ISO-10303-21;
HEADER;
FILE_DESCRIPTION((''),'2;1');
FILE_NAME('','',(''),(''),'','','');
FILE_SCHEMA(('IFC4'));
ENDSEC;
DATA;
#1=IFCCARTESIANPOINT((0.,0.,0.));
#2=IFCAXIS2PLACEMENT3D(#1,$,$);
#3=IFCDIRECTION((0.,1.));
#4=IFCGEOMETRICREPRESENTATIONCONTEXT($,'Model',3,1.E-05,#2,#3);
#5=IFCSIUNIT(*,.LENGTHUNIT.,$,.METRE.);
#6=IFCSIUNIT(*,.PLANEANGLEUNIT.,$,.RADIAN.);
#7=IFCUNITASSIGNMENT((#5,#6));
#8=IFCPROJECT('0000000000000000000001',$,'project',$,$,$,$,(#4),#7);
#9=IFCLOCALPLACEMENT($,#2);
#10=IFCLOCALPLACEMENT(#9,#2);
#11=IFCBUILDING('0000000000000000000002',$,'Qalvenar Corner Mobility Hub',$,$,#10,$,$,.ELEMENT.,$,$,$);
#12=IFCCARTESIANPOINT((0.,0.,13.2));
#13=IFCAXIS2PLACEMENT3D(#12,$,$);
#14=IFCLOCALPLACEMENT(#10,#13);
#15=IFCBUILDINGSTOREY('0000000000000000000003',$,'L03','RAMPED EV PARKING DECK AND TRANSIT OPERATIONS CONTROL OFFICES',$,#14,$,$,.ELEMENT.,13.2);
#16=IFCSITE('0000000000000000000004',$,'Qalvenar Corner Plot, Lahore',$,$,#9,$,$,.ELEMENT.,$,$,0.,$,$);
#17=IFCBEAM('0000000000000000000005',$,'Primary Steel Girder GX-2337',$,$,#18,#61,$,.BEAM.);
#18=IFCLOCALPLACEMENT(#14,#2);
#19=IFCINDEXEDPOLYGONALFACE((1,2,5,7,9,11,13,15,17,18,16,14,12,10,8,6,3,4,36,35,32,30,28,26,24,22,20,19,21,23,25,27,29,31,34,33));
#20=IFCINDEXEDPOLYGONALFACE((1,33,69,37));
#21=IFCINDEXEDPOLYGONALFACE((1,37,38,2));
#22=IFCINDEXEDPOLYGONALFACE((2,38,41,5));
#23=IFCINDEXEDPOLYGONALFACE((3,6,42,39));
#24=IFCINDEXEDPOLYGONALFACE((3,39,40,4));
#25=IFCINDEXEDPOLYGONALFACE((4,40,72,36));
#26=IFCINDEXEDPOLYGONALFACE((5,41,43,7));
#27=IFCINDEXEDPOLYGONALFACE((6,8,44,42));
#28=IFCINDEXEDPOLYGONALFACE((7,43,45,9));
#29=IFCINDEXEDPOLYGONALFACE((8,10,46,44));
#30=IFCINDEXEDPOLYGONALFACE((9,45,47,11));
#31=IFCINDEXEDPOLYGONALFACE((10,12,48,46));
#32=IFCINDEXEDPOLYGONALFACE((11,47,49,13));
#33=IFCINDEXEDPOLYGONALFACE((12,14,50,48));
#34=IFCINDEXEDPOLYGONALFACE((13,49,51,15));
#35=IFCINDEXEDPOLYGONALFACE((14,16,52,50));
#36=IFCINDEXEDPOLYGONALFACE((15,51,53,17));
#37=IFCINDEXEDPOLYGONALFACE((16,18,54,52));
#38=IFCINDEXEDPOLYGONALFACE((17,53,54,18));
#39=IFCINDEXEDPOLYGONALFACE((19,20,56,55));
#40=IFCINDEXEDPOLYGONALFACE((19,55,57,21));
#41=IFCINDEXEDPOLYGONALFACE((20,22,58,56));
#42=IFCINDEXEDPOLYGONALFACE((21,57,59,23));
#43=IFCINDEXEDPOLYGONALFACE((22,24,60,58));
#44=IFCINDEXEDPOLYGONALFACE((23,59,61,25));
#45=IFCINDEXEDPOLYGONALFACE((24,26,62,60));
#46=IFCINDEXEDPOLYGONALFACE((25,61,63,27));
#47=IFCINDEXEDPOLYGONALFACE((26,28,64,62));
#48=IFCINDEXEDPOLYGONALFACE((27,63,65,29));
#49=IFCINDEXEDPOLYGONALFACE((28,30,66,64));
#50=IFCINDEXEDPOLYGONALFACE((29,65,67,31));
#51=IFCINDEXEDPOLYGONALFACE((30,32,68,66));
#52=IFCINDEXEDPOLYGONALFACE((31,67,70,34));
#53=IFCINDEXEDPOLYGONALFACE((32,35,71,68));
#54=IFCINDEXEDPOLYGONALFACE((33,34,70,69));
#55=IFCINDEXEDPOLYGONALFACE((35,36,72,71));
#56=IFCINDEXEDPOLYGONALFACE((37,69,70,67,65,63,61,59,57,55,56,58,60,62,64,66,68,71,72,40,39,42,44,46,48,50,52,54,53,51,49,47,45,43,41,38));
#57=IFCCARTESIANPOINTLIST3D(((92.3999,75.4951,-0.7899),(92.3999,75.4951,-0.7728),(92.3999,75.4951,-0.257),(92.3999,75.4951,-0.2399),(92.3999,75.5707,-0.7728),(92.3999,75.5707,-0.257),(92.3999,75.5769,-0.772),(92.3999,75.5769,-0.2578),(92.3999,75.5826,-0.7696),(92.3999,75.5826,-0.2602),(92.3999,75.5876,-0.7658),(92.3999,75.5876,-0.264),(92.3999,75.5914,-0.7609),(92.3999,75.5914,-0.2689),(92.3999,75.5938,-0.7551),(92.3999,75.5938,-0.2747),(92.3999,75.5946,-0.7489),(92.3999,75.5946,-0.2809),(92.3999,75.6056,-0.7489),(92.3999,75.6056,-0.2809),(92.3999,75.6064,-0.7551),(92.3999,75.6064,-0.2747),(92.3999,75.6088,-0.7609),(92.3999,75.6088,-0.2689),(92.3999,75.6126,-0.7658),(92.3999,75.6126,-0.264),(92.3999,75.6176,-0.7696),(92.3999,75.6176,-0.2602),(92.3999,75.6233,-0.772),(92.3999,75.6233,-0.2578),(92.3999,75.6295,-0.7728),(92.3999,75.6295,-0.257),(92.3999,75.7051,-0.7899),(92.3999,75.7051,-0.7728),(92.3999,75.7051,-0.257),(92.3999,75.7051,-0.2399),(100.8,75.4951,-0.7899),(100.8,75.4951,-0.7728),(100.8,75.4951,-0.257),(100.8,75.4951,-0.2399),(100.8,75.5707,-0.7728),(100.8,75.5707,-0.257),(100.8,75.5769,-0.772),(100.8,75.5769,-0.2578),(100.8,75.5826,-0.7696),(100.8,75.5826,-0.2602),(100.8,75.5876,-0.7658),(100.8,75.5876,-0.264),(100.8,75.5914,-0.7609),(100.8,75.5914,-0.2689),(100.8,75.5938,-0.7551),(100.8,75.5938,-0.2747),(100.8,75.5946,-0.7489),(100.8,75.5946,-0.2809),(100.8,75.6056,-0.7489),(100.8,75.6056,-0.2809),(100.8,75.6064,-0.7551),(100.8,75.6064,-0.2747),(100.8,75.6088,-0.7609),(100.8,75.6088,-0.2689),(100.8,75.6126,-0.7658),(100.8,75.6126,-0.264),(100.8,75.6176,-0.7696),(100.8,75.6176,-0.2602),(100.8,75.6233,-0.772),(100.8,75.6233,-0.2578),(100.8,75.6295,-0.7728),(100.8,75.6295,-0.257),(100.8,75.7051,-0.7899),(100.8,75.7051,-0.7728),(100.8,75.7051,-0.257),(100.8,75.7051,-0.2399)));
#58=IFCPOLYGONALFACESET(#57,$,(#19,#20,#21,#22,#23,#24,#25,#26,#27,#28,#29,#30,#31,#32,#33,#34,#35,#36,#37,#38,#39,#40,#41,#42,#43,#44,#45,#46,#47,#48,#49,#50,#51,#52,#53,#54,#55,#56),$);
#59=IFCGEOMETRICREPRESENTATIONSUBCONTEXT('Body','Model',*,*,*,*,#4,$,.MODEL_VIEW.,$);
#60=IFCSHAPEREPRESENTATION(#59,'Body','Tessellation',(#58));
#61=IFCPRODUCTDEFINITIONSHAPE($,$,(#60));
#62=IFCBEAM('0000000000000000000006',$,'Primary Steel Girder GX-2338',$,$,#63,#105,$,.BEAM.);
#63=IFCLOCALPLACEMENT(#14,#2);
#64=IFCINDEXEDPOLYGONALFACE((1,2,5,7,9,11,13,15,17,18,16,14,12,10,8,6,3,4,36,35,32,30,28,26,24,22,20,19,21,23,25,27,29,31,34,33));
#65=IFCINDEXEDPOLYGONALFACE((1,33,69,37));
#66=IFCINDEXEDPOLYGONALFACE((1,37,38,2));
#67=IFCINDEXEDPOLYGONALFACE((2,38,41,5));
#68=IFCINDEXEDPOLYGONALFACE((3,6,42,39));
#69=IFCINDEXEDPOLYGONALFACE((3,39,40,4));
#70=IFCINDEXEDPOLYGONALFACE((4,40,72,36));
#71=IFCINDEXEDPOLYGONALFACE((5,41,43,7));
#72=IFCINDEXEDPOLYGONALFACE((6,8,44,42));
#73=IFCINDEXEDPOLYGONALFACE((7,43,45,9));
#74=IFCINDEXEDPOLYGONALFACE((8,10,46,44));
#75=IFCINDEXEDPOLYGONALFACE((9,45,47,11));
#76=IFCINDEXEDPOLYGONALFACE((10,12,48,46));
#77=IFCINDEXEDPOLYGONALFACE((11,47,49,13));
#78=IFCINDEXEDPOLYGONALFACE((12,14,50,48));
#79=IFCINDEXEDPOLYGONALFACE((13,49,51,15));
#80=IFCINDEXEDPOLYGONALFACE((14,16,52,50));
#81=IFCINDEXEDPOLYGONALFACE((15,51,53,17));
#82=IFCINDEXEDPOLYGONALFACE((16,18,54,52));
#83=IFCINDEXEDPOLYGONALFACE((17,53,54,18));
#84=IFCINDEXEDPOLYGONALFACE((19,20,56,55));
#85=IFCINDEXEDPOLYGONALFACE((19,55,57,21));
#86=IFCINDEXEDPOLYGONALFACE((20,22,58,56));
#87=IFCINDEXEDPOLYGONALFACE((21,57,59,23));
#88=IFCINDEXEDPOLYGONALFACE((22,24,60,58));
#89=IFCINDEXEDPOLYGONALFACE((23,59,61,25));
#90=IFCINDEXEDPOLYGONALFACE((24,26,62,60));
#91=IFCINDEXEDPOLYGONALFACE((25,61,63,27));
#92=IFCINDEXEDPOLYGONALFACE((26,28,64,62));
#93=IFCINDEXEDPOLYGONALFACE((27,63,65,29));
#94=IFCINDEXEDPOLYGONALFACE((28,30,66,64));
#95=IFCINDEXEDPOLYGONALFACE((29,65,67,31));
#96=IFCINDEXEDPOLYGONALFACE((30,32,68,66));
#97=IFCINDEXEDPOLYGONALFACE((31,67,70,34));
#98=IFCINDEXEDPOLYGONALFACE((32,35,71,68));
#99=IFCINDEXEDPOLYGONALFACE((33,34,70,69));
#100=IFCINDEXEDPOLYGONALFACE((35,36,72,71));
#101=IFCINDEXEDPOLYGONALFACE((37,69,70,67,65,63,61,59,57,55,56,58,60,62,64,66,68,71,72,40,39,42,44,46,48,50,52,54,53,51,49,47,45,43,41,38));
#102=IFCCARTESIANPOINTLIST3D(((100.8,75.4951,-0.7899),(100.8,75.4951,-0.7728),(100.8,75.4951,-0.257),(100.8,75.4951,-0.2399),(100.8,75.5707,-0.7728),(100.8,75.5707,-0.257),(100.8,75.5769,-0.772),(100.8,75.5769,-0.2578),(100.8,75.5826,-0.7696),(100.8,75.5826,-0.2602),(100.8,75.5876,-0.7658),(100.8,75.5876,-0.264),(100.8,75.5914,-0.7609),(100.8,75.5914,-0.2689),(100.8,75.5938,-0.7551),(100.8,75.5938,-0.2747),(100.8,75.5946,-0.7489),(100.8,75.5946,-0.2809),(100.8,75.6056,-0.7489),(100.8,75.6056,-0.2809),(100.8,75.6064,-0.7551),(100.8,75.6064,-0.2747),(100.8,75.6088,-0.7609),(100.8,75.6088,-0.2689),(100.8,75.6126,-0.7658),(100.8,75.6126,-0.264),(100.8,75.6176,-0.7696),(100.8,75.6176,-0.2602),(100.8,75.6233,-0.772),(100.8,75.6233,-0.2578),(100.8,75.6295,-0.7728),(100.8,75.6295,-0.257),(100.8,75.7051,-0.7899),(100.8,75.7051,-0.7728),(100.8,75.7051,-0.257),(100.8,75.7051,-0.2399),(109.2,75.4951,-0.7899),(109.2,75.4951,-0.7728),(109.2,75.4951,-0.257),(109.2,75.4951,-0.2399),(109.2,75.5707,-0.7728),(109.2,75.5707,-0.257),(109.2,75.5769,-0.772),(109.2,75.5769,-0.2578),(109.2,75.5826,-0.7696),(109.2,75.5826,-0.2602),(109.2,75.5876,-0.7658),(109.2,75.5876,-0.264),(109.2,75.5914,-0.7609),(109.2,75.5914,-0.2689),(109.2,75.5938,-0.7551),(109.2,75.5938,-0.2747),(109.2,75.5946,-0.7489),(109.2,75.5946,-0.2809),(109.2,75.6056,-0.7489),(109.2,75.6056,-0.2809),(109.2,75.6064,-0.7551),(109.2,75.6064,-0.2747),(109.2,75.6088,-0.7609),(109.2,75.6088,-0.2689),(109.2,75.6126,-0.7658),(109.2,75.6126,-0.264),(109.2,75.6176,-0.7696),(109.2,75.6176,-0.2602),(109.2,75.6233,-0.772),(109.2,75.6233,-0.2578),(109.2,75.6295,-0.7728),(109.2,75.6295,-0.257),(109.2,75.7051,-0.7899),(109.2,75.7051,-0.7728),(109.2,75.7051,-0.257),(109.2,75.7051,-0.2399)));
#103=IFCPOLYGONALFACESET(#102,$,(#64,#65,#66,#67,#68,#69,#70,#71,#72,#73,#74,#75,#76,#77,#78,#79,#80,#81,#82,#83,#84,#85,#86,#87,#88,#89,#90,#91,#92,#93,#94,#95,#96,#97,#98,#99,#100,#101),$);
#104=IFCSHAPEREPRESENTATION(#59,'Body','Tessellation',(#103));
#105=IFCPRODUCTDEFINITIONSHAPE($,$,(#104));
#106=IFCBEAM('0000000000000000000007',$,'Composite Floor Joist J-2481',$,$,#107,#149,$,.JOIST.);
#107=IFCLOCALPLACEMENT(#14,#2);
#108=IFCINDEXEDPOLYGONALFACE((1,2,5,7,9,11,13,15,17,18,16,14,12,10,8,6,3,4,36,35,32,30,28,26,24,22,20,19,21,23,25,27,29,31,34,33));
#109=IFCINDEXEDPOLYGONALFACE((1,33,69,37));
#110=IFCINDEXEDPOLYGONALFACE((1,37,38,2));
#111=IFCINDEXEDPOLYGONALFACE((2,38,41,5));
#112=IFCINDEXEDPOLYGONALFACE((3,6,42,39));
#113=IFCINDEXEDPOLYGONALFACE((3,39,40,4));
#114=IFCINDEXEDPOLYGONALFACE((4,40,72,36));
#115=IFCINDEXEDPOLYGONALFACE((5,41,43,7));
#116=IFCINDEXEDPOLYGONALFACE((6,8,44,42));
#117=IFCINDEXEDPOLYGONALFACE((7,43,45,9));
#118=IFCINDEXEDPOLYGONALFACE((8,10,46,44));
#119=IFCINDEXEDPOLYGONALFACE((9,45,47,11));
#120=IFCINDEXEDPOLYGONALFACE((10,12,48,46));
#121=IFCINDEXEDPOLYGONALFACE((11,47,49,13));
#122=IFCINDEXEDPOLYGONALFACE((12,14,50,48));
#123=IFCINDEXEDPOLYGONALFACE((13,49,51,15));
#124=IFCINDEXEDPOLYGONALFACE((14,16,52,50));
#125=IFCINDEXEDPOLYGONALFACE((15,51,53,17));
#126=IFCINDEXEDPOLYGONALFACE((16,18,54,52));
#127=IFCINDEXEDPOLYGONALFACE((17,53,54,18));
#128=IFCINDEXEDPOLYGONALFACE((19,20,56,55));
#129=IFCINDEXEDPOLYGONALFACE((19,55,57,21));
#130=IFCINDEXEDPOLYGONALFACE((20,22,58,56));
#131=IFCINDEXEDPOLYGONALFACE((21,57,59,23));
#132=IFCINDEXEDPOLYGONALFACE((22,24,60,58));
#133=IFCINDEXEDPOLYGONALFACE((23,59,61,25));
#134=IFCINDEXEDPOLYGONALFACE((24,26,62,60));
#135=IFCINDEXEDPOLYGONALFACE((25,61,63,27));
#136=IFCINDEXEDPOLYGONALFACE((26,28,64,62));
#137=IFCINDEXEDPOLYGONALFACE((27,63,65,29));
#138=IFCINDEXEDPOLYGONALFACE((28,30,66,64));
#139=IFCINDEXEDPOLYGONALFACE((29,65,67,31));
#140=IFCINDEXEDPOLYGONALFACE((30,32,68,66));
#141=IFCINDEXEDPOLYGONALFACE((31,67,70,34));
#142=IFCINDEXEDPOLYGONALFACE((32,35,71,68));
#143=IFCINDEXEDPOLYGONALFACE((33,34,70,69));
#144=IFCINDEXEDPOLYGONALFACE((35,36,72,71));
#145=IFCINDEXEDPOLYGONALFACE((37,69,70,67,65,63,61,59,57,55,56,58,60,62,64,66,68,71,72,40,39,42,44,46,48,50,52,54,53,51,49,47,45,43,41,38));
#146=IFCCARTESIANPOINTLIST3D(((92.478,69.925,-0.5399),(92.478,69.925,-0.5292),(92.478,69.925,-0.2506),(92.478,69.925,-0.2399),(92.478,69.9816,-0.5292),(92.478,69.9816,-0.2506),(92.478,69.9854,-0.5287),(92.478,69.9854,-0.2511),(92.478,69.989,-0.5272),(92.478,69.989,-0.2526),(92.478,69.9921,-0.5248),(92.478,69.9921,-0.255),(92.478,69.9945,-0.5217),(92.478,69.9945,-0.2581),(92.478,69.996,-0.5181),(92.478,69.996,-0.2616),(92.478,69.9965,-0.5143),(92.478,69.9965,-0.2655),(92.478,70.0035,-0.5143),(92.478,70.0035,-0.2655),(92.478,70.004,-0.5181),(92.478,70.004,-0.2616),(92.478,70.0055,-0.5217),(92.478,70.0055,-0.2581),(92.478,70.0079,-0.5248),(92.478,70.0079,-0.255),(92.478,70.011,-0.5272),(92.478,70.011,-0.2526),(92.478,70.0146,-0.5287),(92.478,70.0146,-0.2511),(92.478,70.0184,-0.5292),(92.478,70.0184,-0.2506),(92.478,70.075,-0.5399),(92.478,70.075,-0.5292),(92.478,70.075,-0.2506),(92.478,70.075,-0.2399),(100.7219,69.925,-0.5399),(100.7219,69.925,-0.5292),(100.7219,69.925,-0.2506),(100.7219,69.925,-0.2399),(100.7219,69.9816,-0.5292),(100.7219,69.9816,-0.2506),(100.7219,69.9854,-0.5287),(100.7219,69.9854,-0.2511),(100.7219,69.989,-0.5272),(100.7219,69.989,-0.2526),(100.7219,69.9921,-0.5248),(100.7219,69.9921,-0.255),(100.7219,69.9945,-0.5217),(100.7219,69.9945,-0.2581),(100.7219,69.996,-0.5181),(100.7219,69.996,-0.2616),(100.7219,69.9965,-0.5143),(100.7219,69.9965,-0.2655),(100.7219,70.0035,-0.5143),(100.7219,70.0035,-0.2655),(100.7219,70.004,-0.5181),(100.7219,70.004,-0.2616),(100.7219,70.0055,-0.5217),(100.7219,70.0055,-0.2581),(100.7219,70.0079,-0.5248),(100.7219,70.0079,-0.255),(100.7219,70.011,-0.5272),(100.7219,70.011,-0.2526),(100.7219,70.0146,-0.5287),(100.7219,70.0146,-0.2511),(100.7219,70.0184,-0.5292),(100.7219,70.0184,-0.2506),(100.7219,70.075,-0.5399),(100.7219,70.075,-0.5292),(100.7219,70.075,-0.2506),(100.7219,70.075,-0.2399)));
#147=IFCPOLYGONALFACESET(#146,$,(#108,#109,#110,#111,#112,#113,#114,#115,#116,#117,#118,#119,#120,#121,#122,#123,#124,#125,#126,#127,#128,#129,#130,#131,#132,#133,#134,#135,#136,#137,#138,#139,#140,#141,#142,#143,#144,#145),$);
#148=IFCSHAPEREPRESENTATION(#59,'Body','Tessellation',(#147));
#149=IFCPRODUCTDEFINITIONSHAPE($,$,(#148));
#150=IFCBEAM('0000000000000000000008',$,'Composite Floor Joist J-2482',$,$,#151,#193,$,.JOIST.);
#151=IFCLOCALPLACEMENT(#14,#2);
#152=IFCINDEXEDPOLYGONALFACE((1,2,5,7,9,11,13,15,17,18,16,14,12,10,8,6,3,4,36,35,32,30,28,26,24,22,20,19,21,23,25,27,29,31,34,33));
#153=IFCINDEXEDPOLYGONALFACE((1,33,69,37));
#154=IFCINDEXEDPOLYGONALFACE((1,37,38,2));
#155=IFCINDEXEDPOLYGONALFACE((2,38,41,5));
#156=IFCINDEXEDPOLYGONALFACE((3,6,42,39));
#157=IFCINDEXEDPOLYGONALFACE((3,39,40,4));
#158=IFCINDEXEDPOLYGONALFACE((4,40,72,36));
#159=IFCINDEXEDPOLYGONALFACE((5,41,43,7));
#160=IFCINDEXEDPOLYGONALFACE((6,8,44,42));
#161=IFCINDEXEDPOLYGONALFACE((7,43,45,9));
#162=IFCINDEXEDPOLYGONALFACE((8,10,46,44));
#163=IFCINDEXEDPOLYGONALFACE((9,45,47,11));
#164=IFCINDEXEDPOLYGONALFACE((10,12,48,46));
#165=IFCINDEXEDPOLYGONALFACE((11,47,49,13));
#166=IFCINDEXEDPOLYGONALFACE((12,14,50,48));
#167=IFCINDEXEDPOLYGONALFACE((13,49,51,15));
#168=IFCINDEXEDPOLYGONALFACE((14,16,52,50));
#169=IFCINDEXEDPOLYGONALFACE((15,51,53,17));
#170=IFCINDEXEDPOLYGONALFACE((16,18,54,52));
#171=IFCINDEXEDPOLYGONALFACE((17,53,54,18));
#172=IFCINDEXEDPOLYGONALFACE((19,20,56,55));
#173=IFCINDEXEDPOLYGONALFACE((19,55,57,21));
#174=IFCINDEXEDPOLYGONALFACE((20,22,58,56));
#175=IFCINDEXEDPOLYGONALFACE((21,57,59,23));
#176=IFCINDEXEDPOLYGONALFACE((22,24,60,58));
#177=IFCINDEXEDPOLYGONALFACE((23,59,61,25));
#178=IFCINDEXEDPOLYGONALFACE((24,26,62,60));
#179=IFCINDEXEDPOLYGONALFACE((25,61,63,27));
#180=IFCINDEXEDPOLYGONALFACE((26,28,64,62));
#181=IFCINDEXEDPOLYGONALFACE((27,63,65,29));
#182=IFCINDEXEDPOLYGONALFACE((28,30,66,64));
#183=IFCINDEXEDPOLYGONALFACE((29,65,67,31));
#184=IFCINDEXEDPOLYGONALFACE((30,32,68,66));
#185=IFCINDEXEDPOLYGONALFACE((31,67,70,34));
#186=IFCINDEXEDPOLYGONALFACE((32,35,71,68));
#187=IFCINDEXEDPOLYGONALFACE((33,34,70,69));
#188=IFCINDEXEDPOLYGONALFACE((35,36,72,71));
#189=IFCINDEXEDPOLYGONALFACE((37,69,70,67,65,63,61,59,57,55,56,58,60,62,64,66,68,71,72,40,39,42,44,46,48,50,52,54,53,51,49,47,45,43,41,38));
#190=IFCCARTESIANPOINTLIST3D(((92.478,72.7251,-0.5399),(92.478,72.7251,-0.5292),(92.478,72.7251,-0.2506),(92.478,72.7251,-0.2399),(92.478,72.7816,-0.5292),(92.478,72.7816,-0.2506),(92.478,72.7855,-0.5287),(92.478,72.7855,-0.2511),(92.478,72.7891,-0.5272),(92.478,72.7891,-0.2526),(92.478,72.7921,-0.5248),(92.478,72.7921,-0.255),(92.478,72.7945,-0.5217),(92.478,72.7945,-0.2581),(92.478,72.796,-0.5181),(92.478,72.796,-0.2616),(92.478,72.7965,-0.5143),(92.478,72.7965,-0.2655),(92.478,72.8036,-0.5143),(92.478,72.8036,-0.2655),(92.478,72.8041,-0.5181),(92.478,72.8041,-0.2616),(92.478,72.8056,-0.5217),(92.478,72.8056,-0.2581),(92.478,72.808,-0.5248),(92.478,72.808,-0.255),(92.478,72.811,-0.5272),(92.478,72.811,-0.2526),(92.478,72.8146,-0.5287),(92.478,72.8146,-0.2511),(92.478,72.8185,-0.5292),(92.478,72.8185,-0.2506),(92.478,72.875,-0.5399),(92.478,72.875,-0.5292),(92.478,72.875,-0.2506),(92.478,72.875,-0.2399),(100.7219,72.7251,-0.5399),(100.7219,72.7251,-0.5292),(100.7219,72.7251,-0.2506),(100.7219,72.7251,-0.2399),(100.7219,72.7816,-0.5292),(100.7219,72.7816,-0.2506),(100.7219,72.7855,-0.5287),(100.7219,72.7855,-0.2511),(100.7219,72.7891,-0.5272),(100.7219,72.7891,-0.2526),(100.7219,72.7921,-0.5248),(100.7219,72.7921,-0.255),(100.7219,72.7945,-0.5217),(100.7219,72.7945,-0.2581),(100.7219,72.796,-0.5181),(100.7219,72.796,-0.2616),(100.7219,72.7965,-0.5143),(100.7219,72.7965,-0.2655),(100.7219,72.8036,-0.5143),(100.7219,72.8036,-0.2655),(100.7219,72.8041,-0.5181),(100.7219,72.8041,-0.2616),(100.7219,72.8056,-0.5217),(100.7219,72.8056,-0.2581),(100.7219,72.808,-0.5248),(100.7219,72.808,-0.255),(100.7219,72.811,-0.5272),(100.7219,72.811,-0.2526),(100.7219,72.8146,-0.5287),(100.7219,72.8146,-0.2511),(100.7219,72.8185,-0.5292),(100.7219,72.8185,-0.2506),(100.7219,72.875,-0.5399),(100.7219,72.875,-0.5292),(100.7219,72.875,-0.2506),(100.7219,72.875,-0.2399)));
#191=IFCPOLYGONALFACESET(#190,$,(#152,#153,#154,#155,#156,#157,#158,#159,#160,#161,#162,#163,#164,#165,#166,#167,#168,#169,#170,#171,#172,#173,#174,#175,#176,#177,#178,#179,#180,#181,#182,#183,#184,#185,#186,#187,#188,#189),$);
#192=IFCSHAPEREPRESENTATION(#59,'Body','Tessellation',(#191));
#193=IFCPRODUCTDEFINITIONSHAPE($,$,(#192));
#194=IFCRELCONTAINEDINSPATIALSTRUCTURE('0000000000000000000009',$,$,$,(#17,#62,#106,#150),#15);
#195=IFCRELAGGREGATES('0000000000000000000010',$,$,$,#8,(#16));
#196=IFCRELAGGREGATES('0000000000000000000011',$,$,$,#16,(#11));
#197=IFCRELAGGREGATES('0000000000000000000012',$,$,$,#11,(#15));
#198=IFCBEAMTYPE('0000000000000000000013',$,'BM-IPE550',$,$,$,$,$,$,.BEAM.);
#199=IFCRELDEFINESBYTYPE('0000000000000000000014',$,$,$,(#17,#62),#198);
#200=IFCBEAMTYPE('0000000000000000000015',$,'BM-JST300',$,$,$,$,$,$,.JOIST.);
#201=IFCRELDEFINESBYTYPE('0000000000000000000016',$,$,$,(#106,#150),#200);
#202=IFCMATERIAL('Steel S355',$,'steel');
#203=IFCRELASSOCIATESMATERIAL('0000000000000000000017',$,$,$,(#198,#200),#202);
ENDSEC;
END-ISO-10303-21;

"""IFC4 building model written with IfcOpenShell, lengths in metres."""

from ifc_helpers import new_model, si_unit, direction, frame, origin, origin_2d, place, context, subcontext, project, spatial, i_section, extrude, material, material_profile, profile_set, type_object, element, save


model = new_model("IFC4")

# Units and contexts
model_context = context("Model", 3, precision=1e-05, world=origin(), true_north=direction((0.0, 1.0)))
body_context = subcontext(model_context, "Body", "Model", "MODEL_VIEW")
ifc_project = project(units=[si_unit("LENGTHUNIT", "METRE"), si_unit("PLANEANGLEUNIT", "RADIAN")], contexts=[model_context])

# Site, building, storey
site_placement = place(None, origin())
site = spatial("IfcSite", under=ifc_project, at=site_placement, Name="Qalvenar Corner Plot, Lahore", CompositionType="ELEMENT", RefElevation=0.0)
building_placement = place(site_placement, origin())
building = spatial("IfcBuilding", under=site, at=building_placement, Name="Qalvenar Corner Mobility Hub", CompositionType="ELEMENT")
storey_placement = place(building_placement, frame((0.0, 0.0, 13.2)))
storey = spatial("IfcBuildingStorey", under=building, at=storey_placement, Name="L03", Description="RAMPED EV PARKING DECK AND TRANSIT OPERATIONS CONTROL OFFICES", CompositionType="ELEMENT", Elevation=13.2)

# Shared definitions
ifc_material = material(Name="Steel S355", Category="steel")

# Beams
ifc_material_profile_1 = material_profile(ifc_material, i_section(OverallWidth=0.21, OverallDepth=0.55, WebThickness=0.011, FlangeThickness=0.0171, FilletRadius=0.0239, at=origin_2d()), Name="IPE550")
ifc_profile_set_1 = profile_set([ifc_material_profile_1], Name="Steel S355")
beam_type_1 = type_object("IfcBeamType", Name="BM-IPE550", PredefinedType="BEAM", material=ifc_profile_set_1)
beam_1_placement = place(storey_placement, frame((92.3999, 75.6001, -0.5149), z_axis=(1.0, 0.0, 0.0), x_axis=(0.0, 1.0, 0.0)))
element("IfcBeam", 1, at=beam_1_placement, inside=storey, type_object=beam_type_1, Name="Primary Steel Girder GX-2337", PredefinedType="BEAM", context=body_context, shape_type="SweptSolid", body=[
    extrude(i_section(OverallWidth=0.21, OverallDepth=0.55, WebThickness=0.011, FlangeThickness=0.0171, FilletRadius=0.0239, at=origin_2d()), origin(), (0.0, 0.0, 1.0), 8.4001),
])
beam_2_placement = place(storey_placement, frame((100.8, 75.6001, -0.5149), z_axis=(1.0, 0.0, 0.0), x_axis=(0.0, 1.0, 0.0)))
element("IfcBeam", 2, at=beam_2_placement, inside=storey, type_object=beam_type_1, Name="Primary Steel Girder GX-2338", PredefinedType="BEAM", context=body_context, shape_type="SweptSolid", body=[
    extrude(i_section(OverallWidth=0.21, OverallDepth=0.55, WebThickness=0.011, FlangeThickness=0.0171, FilletRadius=0.0239, at=origin_2d()), origin(), (0.0, 0.0, 1.0), 8.3999),
])
ifc_material_profile_2 = material_profile(ifc_material, i_section(OverallWidth=0.1499, OverallDepth=0.3, WebThickness=0.0071, FlangeThickness=0.0107, FilletRadius=0.0149, at=origin_2d()), Name="IPE300")
ifc_profile_set_2 = profile_set([ifc_material_profile_2], Name="Steel S355")
beam_type_2 = type_object("IfcBeamType", Name="BM-JST300", PredefinedType="JOIST", material=ifc_profile_set_2)
for number, where, z_axis, x_axis, name in (
    (3, (92.478, 70.0, -0.3899), (1.0, 0.0, 0.0), (0.0, 1.0, 0.0), "Composite Floor Joist J-2481"),
    (4, (92.478, 72.8, -0.3899), (1.0, 0.0, 0.0), (0.0, 1.0, 0.0), "Composite Floor Joist J-2482"),
):
    element("IfcBeam", number, at=place(storey_placement, frame(where, z_axis=z_axis, x_axis=x_axis)), inside=storey, type_object=beam_type_2, Name=name, PredefinedType="JOIST", context=body_context, shape_type="SweptSolid", body=[
        extrude(i_section(OverallWidth=0.1499, OverallDepth=0.3, WebThickness=0.0071, FlangeThickness=0.0107, FilletRadius=0.0149, at=origin_2d()), origin(), (0.0, 0.0, 1.0), 8.2439),
    ])

save(model, "model.ifc")
